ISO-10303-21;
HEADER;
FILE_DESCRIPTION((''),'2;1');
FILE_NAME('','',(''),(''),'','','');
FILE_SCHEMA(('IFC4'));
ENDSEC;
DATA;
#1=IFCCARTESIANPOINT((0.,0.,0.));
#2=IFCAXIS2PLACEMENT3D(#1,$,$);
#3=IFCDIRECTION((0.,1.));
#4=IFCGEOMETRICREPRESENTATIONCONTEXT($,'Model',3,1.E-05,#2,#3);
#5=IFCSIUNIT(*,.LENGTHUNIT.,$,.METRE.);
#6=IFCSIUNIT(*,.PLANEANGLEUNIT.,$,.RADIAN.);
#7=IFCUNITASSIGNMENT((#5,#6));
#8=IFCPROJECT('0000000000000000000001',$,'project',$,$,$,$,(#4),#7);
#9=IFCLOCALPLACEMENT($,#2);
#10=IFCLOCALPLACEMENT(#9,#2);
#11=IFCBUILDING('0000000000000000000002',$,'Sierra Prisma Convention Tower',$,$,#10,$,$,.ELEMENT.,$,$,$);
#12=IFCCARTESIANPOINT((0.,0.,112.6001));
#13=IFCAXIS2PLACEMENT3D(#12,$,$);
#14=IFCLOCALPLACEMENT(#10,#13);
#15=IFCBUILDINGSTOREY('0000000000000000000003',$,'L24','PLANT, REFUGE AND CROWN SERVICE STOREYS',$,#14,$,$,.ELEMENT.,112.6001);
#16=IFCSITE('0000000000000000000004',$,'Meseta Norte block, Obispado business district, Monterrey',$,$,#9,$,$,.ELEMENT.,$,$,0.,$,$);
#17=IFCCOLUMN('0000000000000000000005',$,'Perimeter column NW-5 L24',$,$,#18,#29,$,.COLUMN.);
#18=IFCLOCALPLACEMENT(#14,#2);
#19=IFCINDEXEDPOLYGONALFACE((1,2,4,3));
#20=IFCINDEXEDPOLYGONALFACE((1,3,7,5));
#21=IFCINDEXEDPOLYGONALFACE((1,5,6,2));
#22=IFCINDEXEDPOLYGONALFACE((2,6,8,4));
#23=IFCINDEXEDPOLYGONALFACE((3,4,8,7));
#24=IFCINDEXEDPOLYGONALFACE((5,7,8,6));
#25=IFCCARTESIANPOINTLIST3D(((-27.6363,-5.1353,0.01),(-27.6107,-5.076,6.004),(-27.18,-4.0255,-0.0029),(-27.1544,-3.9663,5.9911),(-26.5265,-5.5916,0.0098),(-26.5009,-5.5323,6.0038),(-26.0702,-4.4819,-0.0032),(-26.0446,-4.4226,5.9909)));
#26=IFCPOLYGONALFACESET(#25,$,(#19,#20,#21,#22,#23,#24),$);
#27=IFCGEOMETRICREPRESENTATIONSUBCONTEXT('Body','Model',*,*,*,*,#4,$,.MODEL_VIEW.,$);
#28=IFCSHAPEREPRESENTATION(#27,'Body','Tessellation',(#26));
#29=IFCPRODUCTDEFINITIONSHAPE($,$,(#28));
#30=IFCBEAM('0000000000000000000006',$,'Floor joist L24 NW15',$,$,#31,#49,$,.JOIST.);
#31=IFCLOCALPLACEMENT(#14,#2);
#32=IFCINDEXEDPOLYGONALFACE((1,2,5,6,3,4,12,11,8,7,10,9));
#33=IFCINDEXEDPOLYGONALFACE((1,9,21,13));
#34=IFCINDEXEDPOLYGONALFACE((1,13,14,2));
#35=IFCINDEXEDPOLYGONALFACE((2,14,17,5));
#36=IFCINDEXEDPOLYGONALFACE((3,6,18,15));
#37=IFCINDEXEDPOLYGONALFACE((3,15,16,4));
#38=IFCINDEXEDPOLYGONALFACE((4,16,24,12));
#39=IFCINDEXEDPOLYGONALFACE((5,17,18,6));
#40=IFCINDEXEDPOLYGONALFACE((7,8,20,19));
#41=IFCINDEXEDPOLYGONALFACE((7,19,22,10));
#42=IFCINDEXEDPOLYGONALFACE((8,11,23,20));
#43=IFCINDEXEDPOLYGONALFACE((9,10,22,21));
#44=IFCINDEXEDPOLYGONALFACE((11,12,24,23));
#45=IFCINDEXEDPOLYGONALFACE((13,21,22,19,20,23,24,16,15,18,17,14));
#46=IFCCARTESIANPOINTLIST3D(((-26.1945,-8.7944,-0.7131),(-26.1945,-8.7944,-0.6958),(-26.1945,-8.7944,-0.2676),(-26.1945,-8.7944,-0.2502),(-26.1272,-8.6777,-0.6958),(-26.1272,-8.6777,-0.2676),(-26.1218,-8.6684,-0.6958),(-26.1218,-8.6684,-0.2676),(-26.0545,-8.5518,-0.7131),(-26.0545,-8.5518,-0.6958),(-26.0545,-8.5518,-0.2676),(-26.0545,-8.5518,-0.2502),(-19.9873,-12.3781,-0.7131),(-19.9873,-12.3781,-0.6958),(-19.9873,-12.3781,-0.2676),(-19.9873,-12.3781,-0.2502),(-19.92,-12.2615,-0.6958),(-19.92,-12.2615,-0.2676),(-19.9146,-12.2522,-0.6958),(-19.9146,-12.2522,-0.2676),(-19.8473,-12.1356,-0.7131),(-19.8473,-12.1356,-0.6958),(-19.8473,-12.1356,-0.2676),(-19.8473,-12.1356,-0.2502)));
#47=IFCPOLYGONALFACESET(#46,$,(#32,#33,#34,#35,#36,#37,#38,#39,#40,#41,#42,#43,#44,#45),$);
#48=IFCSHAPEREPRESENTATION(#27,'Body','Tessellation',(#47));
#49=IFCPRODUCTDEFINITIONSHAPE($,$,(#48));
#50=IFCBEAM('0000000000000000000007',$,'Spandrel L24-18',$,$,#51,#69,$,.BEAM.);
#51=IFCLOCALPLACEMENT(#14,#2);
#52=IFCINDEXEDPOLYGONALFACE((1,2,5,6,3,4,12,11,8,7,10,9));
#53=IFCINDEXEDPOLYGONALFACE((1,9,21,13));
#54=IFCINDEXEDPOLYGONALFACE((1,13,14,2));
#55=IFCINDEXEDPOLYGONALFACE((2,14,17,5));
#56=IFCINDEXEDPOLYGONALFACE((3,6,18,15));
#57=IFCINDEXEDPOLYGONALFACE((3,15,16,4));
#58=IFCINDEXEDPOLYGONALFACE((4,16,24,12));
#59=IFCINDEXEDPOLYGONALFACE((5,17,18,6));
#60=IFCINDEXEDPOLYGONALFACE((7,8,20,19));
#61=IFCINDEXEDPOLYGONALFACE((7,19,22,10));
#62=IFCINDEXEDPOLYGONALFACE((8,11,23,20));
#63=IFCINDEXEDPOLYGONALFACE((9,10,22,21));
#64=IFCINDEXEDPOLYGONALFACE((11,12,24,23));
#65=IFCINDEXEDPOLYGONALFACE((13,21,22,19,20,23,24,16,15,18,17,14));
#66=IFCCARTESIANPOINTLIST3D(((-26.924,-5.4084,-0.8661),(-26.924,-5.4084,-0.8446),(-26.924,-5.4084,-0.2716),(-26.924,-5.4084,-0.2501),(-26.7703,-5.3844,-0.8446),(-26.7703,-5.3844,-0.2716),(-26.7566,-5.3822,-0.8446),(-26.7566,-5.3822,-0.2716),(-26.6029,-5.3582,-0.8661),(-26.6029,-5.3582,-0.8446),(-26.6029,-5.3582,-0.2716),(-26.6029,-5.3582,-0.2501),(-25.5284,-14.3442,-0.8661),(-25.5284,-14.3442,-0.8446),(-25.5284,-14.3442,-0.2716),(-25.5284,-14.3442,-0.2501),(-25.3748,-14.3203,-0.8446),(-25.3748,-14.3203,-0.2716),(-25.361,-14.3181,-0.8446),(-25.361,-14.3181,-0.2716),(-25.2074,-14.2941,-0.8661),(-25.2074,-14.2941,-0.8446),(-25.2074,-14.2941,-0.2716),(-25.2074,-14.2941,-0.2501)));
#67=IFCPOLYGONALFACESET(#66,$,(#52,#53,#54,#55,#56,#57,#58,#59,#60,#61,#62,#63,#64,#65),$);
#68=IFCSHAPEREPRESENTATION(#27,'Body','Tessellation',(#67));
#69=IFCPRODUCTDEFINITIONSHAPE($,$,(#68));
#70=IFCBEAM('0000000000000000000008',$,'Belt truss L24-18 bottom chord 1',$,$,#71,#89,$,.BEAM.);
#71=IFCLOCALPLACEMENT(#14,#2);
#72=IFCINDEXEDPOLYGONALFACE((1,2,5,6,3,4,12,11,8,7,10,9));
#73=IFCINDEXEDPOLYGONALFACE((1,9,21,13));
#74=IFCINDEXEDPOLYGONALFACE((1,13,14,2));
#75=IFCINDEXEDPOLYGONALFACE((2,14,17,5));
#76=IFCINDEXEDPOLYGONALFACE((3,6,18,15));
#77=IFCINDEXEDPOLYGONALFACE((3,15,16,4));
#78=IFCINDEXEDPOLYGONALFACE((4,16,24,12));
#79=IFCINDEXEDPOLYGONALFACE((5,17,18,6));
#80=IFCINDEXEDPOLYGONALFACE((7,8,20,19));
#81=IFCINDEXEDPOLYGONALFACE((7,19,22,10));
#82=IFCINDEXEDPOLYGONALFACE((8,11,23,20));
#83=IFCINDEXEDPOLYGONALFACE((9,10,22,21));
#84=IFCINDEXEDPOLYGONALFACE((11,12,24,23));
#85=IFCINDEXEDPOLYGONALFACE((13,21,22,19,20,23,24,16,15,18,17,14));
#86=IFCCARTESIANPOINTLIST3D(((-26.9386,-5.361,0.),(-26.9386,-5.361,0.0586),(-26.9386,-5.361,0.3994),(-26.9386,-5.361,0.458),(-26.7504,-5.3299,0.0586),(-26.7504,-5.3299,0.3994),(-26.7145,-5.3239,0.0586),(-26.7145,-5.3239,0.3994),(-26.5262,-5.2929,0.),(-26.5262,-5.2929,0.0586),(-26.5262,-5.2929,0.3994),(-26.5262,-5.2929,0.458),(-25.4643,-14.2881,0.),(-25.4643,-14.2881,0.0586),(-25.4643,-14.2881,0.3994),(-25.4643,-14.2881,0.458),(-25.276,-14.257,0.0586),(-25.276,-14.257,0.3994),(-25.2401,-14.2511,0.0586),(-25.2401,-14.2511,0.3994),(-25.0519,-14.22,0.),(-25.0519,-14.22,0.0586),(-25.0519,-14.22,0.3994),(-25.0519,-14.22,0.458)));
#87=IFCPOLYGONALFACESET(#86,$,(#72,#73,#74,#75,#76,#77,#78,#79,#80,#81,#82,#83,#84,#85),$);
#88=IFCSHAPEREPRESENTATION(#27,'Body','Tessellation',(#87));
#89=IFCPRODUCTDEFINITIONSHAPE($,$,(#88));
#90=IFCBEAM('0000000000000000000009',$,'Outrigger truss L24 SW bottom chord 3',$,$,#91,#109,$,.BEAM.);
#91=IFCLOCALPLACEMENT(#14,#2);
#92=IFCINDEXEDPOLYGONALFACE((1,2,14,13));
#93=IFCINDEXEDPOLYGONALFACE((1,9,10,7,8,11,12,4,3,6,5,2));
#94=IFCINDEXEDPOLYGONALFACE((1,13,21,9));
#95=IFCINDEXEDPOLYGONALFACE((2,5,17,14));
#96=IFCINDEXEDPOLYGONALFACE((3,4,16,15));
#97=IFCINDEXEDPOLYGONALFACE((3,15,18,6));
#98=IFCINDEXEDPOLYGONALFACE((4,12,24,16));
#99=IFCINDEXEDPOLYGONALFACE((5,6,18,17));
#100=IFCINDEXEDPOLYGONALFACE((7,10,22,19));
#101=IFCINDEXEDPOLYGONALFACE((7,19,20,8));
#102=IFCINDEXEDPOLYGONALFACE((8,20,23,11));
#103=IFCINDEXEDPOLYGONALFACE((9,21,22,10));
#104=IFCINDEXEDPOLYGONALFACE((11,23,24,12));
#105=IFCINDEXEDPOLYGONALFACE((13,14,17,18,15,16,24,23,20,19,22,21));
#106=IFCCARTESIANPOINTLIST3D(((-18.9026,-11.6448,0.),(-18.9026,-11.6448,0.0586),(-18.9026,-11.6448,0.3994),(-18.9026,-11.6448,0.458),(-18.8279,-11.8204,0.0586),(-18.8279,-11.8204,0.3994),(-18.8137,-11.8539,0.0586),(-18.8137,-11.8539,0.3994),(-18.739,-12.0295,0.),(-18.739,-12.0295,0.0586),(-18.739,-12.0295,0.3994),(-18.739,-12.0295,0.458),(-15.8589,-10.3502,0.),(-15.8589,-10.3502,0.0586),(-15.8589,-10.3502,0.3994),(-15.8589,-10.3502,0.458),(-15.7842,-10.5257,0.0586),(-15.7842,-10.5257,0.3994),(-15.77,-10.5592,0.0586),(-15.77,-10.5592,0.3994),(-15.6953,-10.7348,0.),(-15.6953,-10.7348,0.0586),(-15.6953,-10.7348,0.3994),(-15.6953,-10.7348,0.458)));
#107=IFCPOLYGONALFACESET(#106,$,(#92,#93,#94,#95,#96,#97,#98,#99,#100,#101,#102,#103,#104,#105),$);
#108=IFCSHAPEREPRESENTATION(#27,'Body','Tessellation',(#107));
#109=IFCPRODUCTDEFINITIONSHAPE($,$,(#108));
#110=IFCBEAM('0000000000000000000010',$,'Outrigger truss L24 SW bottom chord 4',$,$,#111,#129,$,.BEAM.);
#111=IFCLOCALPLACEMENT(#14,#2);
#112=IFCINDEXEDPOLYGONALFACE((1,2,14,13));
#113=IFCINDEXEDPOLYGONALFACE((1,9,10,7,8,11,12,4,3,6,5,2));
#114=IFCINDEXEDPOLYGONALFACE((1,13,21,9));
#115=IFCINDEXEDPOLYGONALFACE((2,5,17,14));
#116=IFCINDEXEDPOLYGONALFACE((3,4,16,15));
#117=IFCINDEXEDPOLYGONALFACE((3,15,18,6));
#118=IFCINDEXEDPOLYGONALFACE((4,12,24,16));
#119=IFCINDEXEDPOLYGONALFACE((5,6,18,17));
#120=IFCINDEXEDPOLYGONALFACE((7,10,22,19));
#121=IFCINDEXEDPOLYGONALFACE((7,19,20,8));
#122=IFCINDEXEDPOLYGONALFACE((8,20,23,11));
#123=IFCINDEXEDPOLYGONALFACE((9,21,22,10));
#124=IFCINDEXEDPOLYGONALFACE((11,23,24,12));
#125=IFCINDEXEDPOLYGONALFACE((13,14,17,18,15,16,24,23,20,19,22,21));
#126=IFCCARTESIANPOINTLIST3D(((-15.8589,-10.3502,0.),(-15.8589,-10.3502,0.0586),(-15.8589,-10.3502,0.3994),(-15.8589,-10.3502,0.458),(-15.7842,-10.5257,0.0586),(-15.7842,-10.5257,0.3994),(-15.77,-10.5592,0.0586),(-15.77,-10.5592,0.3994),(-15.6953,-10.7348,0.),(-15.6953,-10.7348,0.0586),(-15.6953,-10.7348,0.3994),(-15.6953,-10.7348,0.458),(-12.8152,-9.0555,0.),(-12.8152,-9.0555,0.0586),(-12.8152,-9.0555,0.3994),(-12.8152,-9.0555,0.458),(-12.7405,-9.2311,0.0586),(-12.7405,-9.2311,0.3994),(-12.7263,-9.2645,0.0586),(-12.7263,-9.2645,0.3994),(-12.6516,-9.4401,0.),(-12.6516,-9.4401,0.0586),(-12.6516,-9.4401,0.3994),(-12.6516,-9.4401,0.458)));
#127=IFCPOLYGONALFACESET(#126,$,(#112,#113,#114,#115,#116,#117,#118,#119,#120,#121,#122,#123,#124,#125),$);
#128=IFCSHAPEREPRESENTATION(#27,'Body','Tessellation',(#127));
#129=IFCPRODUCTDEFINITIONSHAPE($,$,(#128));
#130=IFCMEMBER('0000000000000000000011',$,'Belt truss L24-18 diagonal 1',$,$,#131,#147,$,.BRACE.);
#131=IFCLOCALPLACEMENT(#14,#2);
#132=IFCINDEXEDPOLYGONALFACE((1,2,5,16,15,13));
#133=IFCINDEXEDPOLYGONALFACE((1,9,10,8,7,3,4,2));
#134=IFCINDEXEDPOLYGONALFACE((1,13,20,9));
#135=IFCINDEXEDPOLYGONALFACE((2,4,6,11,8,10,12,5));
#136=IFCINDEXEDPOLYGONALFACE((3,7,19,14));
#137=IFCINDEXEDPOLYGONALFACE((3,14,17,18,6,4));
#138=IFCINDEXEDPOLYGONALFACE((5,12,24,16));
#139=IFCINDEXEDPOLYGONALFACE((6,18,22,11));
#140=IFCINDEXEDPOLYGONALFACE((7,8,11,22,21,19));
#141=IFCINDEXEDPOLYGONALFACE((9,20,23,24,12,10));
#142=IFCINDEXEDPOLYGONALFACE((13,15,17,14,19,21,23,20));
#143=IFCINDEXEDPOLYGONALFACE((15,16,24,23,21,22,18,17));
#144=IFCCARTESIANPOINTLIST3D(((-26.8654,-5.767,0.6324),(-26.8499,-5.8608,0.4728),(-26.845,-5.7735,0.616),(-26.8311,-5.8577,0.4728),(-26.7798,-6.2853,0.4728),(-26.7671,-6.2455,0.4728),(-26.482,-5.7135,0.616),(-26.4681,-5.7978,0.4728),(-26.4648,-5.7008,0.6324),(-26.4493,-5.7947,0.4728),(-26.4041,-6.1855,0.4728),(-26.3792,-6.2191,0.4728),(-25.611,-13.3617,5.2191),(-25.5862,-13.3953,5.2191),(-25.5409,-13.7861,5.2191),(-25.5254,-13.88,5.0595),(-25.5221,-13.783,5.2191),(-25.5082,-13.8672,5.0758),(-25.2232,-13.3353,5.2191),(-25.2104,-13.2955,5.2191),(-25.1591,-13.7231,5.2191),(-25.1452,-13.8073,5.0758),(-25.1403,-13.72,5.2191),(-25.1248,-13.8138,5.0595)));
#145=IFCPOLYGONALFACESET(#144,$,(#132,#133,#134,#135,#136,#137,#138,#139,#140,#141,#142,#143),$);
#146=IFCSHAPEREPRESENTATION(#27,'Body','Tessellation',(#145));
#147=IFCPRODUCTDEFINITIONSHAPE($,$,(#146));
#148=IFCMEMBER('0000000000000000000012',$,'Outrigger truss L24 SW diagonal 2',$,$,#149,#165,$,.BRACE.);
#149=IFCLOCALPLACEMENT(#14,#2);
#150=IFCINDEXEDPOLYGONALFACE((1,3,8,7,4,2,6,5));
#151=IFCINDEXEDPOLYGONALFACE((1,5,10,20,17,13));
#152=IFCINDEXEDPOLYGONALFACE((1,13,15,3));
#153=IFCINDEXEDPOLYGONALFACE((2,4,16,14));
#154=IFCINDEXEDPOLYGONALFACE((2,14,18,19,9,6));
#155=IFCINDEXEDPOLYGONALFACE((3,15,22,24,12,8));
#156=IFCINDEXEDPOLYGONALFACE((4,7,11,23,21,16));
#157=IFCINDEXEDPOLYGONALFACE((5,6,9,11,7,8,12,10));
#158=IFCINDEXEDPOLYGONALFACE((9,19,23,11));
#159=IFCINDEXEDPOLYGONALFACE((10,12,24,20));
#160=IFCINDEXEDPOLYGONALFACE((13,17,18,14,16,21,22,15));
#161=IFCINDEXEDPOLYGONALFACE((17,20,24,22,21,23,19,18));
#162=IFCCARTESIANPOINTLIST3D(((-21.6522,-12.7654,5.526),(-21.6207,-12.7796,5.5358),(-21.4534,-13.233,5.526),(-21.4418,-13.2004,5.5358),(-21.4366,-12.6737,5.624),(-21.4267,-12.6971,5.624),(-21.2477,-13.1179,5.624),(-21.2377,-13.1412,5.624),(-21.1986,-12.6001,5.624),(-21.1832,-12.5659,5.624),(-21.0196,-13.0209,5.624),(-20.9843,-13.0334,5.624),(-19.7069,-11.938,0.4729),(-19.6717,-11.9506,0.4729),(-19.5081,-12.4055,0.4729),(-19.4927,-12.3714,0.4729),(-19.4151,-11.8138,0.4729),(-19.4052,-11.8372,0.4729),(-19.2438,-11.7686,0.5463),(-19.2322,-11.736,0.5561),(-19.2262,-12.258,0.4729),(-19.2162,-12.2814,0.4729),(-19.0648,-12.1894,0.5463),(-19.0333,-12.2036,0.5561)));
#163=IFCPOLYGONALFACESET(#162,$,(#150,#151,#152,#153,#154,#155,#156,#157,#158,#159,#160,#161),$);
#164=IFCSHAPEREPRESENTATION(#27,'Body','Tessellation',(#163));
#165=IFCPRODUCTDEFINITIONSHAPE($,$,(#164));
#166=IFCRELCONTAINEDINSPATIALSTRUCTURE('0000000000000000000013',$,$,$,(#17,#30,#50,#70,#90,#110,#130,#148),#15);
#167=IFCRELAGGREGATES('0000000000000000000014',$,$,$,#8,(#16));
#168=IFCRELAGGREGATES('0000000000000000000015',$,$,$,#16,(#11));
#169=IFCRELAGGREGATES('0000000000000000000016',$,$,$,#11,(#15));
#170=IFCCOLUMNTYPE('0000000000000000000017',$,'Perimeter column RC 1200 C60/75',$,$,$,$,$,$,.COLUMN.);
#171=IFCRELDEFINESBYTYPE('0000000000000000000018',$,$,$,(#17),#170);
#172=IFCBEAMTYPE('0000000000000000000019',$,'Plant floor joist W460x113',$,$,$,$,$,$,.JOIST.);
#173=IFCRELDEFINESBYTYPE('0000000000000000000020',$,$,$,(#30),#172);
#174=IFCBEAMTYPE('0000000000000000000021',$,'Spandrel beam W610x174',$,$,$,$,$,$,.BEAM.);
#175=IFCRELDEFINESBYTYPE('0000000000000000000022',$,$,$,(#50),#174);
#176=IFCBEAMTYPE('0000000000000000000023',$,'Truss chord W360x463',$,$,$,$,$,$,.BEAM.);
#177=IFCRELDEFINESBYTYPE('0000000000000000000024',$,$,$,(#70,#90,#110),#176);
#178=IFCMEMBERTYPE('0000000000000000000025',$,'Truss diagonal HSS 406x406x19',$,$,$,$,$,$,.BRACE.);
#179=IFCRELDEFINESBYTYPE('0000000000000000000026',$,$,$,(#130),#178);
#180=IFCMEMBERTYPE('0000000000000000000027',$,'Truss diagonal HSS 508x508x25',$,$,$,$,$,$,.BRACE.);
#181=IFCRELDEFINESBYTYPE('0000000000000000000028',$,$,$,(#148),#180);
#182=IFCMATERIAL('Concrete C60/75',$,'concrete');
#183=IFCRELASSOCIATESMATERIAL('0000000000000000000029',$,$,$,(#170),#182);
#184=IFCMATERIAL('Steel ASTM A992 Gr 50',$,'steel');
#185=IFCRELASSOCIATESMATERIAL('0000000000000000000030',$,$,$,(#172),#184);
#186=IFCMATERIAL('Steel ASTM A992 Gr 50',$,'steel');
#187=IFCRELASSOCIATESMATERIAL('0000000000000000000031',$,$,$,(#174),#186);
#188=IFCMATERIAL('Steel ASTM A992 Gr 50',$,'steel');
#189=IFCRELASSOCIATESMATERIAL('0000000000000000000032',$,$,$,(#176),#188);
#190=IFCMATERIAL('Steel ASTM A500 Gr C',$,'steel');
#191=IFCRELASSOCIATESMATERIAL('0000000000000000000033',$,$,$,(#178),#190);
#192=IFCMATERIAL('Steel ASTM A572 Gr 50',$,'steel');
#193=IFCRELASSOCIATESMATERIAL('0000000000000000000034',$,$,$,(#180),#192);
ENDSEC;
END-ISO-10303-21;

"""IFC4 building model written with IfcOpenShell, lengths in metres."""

from ifc_helpers import new_model, si_unit, direction, frame, origin, origin_2d, place, context, subcontext, project, spatial, rectangle, hollow_rectangle, i_section, extrude, clip, halfspace, material, material_profile, profile_set, type_object, element, save


model = new_model("IFC4")

# Units and contexts
model_context = context("Model", 3, precision=1e-05, world=origin(), true_north=direction((0.0, 1.0)))
body_context = subcontext(model_context, "Body", "Model", "MODEL_VIEW")
ifc_project = project(units=[si_unit("LENGTHUNIT", "METRE"), si_unit("PLANEANGLEUNIT", "RADIAN")], contexts=[model_context])

# Site, building, storey
site_placement = place(None, origin())
site = spatial("IfcSite", under=ifc_project, at=site_placement, Name="Meseta Norte block, Obispado business district, Monterrey", CompositionType="ELEMENT", RefElevation=0.0)
building_placement = place(site_placement, origin())
building = spatial("IfcBuilding", under=site, at=building_placement, Name="Sierra Prisma Convention Tower", CompositionType="ELEMENT")
storey_placement = place(building_placement, frame((0.0, 0.0, 112.6001)))
storey = spatial("IfcBuildingStorey", under=building, at=storey_placement, Name="L24", Description="PLANT, REFUGE AND CROWN SERVICE STOREYS", CompositionType="ELEMENT", Elevation=112.6001)

# Column
ifc_material_1 = material(Name="Concrete C60/75", Category="concrete")
ifc_material_profile_1 = material_profile(ifc_material_1, rectangle(XDim=1.2, YDim=1.2, at=origin_2d()), Name="Perimeter column RC 1200 C60/75")
ifc_profile_set_1 = profile_set([ifc_material_profile_1], Name="Concrete C60/75")
column_type = type_object("IfcColumnType", Name="Perimeter column RC 1200 C60/75", PredefinedType="COLUMN", material=ifc_profile_set_1)
column_placement = place(storey_placement, frame((-26.8533, -4.8086, 0.0), z_axis=(0.004272, 0.009887, 0.999942), x_axis=(0.380279, 0.924809, -0.010769)))
element("IfcColumn", 1, at=column_placement, inside=storey, type_object=column_type, Name="Perimeter column NW-5 L24", PredefinedType="COLUMN", context=body_context, shape_type="SweptSolid", body=[
    clip(clip(extrude(rectangle(XDim=1.2, YDim=1.2, at=origin_2d()), origin(), (0.0, 0.0, 1.0), 6.0002), halfspace(frame((0.0, 0.0, 0.0034)), True)), halfspace(frame((0.0, 0.0, 5.9978)), False)),
])

# Beams
ifc_material_2 = material(Name="Steel ASTM A992 Gr 50", Category="steel")
ifc_material_profile_2 = material_profile(ifc_material_2, i_section(OverallWidth=0.28, OverallDepth=0.4629, WebThickness=0.0107, FlangeThickness=0.0173, at=origin_2d()), Name="W460x113")
ifc_profile_set_2 = profile_set([ifc_material_profile_2], Name="Steel ASTM A992 Gr 50")
beam_type_1 = type_object("IfcBeamType", Name="Plant floor joist W460x113", PredefinedType="JOIST", material=ifc_profile_set_2)
beam_1_placement = place(storey_placement, frame((-26.1245, -8.6731, -0.4817), z_axis=(0.866027, -0.499997, 0.0), x_axis=(0.499997, 0.866027, 0.0)))
element("IfcBeam", 2, at=beam_1_placement, inside=storey, type_object=beam_type_1, Name="Floor joist L24 NW15", PredefinedType="JOIST", context=body_context, shape_type="SweptSolid", body=[
    extrude(i_section(OverallWidth=0.28, OverallDepth=0.4629, WebThickness=0.0107, FlangeThickness=0.0173, at=origin_2d()), origin(), (0.0, 0.0, 1.0), 7.1675),
])
ifc_material_3 = material(Name="Steel ASTM A992 Gr 50", Category="steel")
ifc_material_profile_3 = material_profile(ifc_material_3, i_section(OverallWidth=0.325, OverallDepth=0.616, WebThickness=0.0139, FlangeThickness=0.0215, at=origin_2d()), Name="W610x174")
ifc_profile_set_3 = profile_set([ifc_material_profile_3], Name="Steel ASTM A992 Gr 50")
beam_type_2 = type_object("IfcBeamType", Name="Spandrel beam W610x174", PredefinedType="BEAM", material=ifc_profile_set_3)
beam_2_placement = place(storey_placement, frame((-26.7634, -5.3833, -0.5581), z_axis=(0.1543, -0.988024, 0.0), x_axis=(0.988024, 0.1543, 0.0)))
element("IfcBeam", 3, at=beam_2_placement, inside=storey, type_object=beam_type_2, Name="Spandrel L24-18", PredefinedType="BEAM", context=body_context, shape_type="SweptSolid", body=[
    extrude(i_section(OverallWidth=0.325, OverallDepth=0.616, WebThickness=0.0139, FlangeThickness=0.0215, at=origin_2d()), origin(), (0.0, 0.0, 1.0), 9.0442),
])
ifc_material_4 = material(Name="Steel ASTM A992 Gr 50", Category="steel")
ifc_material_profile_4 = material_profile(ifc_material_4, i_section(OverallWidth=0.418, OverallDepth=0.458, WebThickness=0.0364, FlangeThickness=0.0586, at=origin_2d()), Name="W360x463")
ifc_profile_set_4 = profile_set([ifc_material_profile_4], Name="Steel ASTM A992 Gr 50")
beam_type_3 = type_object("IfcBeamType", Name="Truss chord W360x463", PredefinedType="BEAM", material=ifc_profile_set_4)
beam_3_placement = place(storey_placement, frame((-26.7324, -5.3269, 0.229), z_axis=(0.162946, -0.986635, 0.0), x_axis=(0.986635, 0.162946, 0.0)))
element("IfcBeam", 4, at=beam_3_placement, inside=storey, type_object=beam_type_3, Name="Belt truss L24-18 bottom chord 1", PredefinedType="BEAM", context=body_context, shape_type="SweptSolid", body=[
    extrude(i_section(OverallWidth=0.418, OverallDepth=0.458, WebThickness=0.0364, FlangeThickness=0.0586, at=origin_2d()), origin(), (0.0, 0.0, 1.0), 9.0481),
])
for number, where, z_axis, x_axis, name in (
    (5, (-18.8208, -11.8372, 0.229), (0.920211, 0.391424, 0.0), (-0.391424, 0.920211, 0.0), "Outrigger truss L24 SW bottom chord 3"),
    (6, (-15.7771, -10.5425, 0.229), (0.920211, 0.391424, 0.0), (-0.391424, 0.920211, 0.0), "Outrigger truss L24 SW bottom chord 4"),
):
    element("IfcBeam", number, at=place(storey_placement, frame(where, z_axis=z_axis, x_axis=x_axis)), inside=storey, type_object=beam_type_3, Name=name, PredefinedType="BEAM", context=body_context, shape_type="SweptSolid", body=[
        extrude(i_section(OverallWidth=0.418, OverallDepth=0.458, WebThickness=0.0364, FlangeThickness=0.0586, at=origin_2d()), origin(), (0.0, 0.0, 1.0), 3.3076),
    ])

# Members
ifc_material_5 = material(Name="Steel ASTM A500 Gr C", Category="steel")
ifc_material_profile_5 = material_profile(ifc_material_5, hollow_rectangle(XDim=0.406, YDim=0.406, WallThickness=0.019, at=origin_2d()), Name="Truss diagonal HSS 406x406x19")
ifc_profile_set_5 = profile_set([ifc_material_profile_5], Name="Steel ASTM A500 Gr C")
member_type_1 = type_object("IfcMemberType", Name="Truss diagonal HSS 406x406x19", PredefinedType="BRACE", material=ifc_profile_set_5)
member_1_placement = place(storey_placement, frame((-26.6482, -5.8364, 0.458), z_axis=(0.139993, -0.847574, 0.511878), x_axis=(0.986632, 0.162961, 0.0)))
element("IfcMember", 7, at=member_1_placement, inside=storey, type_object=member_type_1, Name="Belt truss L24-18 diagonal 1", PredefinedType="BRACE", context=body_context, shape_type="SweptSolid", body=[
    clip(clip(extrude(hollow_rectangle(XDim=0.406, YDim=0.406, WallThickness=0.019, at=origin_2d()), origin(), (0.0, 0.0, 1.0), 9.3301), halfspace(frame((0.0, 0.0127, 0.0076), z_axis=(0.0, 0.859058, 0.511878), x_axis=(1.0, 0.0, 0.0)), True)), halfspace(frame((0.0, -0.0127, 9.3225), z_axis=(0.0, -0.859058, -0.511878), x_axis=(1.0, 0.0, 0.0)), True)),
])
ifc_material_6 = material(Name="Steel ASTM A572 Gr 50", Category="steel")
ifc_material_profile_6 = material_profile(ifc_material_6, hollow_rectangle(XDim=0.5081, YDim=0.5081, WallThickness=0.0254, at=origin_2d()), Name="Truss diagonal HSS 508x508x25")
ifc_profile_set_6 = profile_set([ifc_material_profile_6], Name="Steel ASTM A572 Gr 50")
member_type_2 = type_object("IfcMemberType", Name="Truss diagonal HSS 508x508x25", PredefinedType="BRACE", material=ifc_profile_set_6)
member_2_placement = place(storey_placement, frame((-21.3372, -12.9075, 5.624), z_axis=(0.355146, 0.151066, -0.922524), x_axis=(-0.391423, 0.920211, 0.0)))
element("IfcMember", 8, at=member_2_placement, inside=storey, type_object=member_type_2, Name="Outrigger truss L24 SW diagonal 2", PredefinedType="BRACE", context=body_context, shape_type="SweptSolid", body=[
    clip(clip(extrude(hollow_rectangle(XDim=0.5081, YDim=0.5081, WallThickness=0.0254, at=origin_2d()), origin(), (0.0, 0.0, 1.0), 5.5999), halfspace(frame((0.0, 0.0, 0.0), z_axis=(0.0, -0.385939, 0.922524), x_axis=(1.0, 0.0, 0.0)), True)), halfspace(frame((0.0, 0.0059, 5.5862), z_axis=(0.0, 0.385939, -0.922524), x_axis=(1.0, 0.0, 0.0)), True)),
])

save(model, "model.ifc")
